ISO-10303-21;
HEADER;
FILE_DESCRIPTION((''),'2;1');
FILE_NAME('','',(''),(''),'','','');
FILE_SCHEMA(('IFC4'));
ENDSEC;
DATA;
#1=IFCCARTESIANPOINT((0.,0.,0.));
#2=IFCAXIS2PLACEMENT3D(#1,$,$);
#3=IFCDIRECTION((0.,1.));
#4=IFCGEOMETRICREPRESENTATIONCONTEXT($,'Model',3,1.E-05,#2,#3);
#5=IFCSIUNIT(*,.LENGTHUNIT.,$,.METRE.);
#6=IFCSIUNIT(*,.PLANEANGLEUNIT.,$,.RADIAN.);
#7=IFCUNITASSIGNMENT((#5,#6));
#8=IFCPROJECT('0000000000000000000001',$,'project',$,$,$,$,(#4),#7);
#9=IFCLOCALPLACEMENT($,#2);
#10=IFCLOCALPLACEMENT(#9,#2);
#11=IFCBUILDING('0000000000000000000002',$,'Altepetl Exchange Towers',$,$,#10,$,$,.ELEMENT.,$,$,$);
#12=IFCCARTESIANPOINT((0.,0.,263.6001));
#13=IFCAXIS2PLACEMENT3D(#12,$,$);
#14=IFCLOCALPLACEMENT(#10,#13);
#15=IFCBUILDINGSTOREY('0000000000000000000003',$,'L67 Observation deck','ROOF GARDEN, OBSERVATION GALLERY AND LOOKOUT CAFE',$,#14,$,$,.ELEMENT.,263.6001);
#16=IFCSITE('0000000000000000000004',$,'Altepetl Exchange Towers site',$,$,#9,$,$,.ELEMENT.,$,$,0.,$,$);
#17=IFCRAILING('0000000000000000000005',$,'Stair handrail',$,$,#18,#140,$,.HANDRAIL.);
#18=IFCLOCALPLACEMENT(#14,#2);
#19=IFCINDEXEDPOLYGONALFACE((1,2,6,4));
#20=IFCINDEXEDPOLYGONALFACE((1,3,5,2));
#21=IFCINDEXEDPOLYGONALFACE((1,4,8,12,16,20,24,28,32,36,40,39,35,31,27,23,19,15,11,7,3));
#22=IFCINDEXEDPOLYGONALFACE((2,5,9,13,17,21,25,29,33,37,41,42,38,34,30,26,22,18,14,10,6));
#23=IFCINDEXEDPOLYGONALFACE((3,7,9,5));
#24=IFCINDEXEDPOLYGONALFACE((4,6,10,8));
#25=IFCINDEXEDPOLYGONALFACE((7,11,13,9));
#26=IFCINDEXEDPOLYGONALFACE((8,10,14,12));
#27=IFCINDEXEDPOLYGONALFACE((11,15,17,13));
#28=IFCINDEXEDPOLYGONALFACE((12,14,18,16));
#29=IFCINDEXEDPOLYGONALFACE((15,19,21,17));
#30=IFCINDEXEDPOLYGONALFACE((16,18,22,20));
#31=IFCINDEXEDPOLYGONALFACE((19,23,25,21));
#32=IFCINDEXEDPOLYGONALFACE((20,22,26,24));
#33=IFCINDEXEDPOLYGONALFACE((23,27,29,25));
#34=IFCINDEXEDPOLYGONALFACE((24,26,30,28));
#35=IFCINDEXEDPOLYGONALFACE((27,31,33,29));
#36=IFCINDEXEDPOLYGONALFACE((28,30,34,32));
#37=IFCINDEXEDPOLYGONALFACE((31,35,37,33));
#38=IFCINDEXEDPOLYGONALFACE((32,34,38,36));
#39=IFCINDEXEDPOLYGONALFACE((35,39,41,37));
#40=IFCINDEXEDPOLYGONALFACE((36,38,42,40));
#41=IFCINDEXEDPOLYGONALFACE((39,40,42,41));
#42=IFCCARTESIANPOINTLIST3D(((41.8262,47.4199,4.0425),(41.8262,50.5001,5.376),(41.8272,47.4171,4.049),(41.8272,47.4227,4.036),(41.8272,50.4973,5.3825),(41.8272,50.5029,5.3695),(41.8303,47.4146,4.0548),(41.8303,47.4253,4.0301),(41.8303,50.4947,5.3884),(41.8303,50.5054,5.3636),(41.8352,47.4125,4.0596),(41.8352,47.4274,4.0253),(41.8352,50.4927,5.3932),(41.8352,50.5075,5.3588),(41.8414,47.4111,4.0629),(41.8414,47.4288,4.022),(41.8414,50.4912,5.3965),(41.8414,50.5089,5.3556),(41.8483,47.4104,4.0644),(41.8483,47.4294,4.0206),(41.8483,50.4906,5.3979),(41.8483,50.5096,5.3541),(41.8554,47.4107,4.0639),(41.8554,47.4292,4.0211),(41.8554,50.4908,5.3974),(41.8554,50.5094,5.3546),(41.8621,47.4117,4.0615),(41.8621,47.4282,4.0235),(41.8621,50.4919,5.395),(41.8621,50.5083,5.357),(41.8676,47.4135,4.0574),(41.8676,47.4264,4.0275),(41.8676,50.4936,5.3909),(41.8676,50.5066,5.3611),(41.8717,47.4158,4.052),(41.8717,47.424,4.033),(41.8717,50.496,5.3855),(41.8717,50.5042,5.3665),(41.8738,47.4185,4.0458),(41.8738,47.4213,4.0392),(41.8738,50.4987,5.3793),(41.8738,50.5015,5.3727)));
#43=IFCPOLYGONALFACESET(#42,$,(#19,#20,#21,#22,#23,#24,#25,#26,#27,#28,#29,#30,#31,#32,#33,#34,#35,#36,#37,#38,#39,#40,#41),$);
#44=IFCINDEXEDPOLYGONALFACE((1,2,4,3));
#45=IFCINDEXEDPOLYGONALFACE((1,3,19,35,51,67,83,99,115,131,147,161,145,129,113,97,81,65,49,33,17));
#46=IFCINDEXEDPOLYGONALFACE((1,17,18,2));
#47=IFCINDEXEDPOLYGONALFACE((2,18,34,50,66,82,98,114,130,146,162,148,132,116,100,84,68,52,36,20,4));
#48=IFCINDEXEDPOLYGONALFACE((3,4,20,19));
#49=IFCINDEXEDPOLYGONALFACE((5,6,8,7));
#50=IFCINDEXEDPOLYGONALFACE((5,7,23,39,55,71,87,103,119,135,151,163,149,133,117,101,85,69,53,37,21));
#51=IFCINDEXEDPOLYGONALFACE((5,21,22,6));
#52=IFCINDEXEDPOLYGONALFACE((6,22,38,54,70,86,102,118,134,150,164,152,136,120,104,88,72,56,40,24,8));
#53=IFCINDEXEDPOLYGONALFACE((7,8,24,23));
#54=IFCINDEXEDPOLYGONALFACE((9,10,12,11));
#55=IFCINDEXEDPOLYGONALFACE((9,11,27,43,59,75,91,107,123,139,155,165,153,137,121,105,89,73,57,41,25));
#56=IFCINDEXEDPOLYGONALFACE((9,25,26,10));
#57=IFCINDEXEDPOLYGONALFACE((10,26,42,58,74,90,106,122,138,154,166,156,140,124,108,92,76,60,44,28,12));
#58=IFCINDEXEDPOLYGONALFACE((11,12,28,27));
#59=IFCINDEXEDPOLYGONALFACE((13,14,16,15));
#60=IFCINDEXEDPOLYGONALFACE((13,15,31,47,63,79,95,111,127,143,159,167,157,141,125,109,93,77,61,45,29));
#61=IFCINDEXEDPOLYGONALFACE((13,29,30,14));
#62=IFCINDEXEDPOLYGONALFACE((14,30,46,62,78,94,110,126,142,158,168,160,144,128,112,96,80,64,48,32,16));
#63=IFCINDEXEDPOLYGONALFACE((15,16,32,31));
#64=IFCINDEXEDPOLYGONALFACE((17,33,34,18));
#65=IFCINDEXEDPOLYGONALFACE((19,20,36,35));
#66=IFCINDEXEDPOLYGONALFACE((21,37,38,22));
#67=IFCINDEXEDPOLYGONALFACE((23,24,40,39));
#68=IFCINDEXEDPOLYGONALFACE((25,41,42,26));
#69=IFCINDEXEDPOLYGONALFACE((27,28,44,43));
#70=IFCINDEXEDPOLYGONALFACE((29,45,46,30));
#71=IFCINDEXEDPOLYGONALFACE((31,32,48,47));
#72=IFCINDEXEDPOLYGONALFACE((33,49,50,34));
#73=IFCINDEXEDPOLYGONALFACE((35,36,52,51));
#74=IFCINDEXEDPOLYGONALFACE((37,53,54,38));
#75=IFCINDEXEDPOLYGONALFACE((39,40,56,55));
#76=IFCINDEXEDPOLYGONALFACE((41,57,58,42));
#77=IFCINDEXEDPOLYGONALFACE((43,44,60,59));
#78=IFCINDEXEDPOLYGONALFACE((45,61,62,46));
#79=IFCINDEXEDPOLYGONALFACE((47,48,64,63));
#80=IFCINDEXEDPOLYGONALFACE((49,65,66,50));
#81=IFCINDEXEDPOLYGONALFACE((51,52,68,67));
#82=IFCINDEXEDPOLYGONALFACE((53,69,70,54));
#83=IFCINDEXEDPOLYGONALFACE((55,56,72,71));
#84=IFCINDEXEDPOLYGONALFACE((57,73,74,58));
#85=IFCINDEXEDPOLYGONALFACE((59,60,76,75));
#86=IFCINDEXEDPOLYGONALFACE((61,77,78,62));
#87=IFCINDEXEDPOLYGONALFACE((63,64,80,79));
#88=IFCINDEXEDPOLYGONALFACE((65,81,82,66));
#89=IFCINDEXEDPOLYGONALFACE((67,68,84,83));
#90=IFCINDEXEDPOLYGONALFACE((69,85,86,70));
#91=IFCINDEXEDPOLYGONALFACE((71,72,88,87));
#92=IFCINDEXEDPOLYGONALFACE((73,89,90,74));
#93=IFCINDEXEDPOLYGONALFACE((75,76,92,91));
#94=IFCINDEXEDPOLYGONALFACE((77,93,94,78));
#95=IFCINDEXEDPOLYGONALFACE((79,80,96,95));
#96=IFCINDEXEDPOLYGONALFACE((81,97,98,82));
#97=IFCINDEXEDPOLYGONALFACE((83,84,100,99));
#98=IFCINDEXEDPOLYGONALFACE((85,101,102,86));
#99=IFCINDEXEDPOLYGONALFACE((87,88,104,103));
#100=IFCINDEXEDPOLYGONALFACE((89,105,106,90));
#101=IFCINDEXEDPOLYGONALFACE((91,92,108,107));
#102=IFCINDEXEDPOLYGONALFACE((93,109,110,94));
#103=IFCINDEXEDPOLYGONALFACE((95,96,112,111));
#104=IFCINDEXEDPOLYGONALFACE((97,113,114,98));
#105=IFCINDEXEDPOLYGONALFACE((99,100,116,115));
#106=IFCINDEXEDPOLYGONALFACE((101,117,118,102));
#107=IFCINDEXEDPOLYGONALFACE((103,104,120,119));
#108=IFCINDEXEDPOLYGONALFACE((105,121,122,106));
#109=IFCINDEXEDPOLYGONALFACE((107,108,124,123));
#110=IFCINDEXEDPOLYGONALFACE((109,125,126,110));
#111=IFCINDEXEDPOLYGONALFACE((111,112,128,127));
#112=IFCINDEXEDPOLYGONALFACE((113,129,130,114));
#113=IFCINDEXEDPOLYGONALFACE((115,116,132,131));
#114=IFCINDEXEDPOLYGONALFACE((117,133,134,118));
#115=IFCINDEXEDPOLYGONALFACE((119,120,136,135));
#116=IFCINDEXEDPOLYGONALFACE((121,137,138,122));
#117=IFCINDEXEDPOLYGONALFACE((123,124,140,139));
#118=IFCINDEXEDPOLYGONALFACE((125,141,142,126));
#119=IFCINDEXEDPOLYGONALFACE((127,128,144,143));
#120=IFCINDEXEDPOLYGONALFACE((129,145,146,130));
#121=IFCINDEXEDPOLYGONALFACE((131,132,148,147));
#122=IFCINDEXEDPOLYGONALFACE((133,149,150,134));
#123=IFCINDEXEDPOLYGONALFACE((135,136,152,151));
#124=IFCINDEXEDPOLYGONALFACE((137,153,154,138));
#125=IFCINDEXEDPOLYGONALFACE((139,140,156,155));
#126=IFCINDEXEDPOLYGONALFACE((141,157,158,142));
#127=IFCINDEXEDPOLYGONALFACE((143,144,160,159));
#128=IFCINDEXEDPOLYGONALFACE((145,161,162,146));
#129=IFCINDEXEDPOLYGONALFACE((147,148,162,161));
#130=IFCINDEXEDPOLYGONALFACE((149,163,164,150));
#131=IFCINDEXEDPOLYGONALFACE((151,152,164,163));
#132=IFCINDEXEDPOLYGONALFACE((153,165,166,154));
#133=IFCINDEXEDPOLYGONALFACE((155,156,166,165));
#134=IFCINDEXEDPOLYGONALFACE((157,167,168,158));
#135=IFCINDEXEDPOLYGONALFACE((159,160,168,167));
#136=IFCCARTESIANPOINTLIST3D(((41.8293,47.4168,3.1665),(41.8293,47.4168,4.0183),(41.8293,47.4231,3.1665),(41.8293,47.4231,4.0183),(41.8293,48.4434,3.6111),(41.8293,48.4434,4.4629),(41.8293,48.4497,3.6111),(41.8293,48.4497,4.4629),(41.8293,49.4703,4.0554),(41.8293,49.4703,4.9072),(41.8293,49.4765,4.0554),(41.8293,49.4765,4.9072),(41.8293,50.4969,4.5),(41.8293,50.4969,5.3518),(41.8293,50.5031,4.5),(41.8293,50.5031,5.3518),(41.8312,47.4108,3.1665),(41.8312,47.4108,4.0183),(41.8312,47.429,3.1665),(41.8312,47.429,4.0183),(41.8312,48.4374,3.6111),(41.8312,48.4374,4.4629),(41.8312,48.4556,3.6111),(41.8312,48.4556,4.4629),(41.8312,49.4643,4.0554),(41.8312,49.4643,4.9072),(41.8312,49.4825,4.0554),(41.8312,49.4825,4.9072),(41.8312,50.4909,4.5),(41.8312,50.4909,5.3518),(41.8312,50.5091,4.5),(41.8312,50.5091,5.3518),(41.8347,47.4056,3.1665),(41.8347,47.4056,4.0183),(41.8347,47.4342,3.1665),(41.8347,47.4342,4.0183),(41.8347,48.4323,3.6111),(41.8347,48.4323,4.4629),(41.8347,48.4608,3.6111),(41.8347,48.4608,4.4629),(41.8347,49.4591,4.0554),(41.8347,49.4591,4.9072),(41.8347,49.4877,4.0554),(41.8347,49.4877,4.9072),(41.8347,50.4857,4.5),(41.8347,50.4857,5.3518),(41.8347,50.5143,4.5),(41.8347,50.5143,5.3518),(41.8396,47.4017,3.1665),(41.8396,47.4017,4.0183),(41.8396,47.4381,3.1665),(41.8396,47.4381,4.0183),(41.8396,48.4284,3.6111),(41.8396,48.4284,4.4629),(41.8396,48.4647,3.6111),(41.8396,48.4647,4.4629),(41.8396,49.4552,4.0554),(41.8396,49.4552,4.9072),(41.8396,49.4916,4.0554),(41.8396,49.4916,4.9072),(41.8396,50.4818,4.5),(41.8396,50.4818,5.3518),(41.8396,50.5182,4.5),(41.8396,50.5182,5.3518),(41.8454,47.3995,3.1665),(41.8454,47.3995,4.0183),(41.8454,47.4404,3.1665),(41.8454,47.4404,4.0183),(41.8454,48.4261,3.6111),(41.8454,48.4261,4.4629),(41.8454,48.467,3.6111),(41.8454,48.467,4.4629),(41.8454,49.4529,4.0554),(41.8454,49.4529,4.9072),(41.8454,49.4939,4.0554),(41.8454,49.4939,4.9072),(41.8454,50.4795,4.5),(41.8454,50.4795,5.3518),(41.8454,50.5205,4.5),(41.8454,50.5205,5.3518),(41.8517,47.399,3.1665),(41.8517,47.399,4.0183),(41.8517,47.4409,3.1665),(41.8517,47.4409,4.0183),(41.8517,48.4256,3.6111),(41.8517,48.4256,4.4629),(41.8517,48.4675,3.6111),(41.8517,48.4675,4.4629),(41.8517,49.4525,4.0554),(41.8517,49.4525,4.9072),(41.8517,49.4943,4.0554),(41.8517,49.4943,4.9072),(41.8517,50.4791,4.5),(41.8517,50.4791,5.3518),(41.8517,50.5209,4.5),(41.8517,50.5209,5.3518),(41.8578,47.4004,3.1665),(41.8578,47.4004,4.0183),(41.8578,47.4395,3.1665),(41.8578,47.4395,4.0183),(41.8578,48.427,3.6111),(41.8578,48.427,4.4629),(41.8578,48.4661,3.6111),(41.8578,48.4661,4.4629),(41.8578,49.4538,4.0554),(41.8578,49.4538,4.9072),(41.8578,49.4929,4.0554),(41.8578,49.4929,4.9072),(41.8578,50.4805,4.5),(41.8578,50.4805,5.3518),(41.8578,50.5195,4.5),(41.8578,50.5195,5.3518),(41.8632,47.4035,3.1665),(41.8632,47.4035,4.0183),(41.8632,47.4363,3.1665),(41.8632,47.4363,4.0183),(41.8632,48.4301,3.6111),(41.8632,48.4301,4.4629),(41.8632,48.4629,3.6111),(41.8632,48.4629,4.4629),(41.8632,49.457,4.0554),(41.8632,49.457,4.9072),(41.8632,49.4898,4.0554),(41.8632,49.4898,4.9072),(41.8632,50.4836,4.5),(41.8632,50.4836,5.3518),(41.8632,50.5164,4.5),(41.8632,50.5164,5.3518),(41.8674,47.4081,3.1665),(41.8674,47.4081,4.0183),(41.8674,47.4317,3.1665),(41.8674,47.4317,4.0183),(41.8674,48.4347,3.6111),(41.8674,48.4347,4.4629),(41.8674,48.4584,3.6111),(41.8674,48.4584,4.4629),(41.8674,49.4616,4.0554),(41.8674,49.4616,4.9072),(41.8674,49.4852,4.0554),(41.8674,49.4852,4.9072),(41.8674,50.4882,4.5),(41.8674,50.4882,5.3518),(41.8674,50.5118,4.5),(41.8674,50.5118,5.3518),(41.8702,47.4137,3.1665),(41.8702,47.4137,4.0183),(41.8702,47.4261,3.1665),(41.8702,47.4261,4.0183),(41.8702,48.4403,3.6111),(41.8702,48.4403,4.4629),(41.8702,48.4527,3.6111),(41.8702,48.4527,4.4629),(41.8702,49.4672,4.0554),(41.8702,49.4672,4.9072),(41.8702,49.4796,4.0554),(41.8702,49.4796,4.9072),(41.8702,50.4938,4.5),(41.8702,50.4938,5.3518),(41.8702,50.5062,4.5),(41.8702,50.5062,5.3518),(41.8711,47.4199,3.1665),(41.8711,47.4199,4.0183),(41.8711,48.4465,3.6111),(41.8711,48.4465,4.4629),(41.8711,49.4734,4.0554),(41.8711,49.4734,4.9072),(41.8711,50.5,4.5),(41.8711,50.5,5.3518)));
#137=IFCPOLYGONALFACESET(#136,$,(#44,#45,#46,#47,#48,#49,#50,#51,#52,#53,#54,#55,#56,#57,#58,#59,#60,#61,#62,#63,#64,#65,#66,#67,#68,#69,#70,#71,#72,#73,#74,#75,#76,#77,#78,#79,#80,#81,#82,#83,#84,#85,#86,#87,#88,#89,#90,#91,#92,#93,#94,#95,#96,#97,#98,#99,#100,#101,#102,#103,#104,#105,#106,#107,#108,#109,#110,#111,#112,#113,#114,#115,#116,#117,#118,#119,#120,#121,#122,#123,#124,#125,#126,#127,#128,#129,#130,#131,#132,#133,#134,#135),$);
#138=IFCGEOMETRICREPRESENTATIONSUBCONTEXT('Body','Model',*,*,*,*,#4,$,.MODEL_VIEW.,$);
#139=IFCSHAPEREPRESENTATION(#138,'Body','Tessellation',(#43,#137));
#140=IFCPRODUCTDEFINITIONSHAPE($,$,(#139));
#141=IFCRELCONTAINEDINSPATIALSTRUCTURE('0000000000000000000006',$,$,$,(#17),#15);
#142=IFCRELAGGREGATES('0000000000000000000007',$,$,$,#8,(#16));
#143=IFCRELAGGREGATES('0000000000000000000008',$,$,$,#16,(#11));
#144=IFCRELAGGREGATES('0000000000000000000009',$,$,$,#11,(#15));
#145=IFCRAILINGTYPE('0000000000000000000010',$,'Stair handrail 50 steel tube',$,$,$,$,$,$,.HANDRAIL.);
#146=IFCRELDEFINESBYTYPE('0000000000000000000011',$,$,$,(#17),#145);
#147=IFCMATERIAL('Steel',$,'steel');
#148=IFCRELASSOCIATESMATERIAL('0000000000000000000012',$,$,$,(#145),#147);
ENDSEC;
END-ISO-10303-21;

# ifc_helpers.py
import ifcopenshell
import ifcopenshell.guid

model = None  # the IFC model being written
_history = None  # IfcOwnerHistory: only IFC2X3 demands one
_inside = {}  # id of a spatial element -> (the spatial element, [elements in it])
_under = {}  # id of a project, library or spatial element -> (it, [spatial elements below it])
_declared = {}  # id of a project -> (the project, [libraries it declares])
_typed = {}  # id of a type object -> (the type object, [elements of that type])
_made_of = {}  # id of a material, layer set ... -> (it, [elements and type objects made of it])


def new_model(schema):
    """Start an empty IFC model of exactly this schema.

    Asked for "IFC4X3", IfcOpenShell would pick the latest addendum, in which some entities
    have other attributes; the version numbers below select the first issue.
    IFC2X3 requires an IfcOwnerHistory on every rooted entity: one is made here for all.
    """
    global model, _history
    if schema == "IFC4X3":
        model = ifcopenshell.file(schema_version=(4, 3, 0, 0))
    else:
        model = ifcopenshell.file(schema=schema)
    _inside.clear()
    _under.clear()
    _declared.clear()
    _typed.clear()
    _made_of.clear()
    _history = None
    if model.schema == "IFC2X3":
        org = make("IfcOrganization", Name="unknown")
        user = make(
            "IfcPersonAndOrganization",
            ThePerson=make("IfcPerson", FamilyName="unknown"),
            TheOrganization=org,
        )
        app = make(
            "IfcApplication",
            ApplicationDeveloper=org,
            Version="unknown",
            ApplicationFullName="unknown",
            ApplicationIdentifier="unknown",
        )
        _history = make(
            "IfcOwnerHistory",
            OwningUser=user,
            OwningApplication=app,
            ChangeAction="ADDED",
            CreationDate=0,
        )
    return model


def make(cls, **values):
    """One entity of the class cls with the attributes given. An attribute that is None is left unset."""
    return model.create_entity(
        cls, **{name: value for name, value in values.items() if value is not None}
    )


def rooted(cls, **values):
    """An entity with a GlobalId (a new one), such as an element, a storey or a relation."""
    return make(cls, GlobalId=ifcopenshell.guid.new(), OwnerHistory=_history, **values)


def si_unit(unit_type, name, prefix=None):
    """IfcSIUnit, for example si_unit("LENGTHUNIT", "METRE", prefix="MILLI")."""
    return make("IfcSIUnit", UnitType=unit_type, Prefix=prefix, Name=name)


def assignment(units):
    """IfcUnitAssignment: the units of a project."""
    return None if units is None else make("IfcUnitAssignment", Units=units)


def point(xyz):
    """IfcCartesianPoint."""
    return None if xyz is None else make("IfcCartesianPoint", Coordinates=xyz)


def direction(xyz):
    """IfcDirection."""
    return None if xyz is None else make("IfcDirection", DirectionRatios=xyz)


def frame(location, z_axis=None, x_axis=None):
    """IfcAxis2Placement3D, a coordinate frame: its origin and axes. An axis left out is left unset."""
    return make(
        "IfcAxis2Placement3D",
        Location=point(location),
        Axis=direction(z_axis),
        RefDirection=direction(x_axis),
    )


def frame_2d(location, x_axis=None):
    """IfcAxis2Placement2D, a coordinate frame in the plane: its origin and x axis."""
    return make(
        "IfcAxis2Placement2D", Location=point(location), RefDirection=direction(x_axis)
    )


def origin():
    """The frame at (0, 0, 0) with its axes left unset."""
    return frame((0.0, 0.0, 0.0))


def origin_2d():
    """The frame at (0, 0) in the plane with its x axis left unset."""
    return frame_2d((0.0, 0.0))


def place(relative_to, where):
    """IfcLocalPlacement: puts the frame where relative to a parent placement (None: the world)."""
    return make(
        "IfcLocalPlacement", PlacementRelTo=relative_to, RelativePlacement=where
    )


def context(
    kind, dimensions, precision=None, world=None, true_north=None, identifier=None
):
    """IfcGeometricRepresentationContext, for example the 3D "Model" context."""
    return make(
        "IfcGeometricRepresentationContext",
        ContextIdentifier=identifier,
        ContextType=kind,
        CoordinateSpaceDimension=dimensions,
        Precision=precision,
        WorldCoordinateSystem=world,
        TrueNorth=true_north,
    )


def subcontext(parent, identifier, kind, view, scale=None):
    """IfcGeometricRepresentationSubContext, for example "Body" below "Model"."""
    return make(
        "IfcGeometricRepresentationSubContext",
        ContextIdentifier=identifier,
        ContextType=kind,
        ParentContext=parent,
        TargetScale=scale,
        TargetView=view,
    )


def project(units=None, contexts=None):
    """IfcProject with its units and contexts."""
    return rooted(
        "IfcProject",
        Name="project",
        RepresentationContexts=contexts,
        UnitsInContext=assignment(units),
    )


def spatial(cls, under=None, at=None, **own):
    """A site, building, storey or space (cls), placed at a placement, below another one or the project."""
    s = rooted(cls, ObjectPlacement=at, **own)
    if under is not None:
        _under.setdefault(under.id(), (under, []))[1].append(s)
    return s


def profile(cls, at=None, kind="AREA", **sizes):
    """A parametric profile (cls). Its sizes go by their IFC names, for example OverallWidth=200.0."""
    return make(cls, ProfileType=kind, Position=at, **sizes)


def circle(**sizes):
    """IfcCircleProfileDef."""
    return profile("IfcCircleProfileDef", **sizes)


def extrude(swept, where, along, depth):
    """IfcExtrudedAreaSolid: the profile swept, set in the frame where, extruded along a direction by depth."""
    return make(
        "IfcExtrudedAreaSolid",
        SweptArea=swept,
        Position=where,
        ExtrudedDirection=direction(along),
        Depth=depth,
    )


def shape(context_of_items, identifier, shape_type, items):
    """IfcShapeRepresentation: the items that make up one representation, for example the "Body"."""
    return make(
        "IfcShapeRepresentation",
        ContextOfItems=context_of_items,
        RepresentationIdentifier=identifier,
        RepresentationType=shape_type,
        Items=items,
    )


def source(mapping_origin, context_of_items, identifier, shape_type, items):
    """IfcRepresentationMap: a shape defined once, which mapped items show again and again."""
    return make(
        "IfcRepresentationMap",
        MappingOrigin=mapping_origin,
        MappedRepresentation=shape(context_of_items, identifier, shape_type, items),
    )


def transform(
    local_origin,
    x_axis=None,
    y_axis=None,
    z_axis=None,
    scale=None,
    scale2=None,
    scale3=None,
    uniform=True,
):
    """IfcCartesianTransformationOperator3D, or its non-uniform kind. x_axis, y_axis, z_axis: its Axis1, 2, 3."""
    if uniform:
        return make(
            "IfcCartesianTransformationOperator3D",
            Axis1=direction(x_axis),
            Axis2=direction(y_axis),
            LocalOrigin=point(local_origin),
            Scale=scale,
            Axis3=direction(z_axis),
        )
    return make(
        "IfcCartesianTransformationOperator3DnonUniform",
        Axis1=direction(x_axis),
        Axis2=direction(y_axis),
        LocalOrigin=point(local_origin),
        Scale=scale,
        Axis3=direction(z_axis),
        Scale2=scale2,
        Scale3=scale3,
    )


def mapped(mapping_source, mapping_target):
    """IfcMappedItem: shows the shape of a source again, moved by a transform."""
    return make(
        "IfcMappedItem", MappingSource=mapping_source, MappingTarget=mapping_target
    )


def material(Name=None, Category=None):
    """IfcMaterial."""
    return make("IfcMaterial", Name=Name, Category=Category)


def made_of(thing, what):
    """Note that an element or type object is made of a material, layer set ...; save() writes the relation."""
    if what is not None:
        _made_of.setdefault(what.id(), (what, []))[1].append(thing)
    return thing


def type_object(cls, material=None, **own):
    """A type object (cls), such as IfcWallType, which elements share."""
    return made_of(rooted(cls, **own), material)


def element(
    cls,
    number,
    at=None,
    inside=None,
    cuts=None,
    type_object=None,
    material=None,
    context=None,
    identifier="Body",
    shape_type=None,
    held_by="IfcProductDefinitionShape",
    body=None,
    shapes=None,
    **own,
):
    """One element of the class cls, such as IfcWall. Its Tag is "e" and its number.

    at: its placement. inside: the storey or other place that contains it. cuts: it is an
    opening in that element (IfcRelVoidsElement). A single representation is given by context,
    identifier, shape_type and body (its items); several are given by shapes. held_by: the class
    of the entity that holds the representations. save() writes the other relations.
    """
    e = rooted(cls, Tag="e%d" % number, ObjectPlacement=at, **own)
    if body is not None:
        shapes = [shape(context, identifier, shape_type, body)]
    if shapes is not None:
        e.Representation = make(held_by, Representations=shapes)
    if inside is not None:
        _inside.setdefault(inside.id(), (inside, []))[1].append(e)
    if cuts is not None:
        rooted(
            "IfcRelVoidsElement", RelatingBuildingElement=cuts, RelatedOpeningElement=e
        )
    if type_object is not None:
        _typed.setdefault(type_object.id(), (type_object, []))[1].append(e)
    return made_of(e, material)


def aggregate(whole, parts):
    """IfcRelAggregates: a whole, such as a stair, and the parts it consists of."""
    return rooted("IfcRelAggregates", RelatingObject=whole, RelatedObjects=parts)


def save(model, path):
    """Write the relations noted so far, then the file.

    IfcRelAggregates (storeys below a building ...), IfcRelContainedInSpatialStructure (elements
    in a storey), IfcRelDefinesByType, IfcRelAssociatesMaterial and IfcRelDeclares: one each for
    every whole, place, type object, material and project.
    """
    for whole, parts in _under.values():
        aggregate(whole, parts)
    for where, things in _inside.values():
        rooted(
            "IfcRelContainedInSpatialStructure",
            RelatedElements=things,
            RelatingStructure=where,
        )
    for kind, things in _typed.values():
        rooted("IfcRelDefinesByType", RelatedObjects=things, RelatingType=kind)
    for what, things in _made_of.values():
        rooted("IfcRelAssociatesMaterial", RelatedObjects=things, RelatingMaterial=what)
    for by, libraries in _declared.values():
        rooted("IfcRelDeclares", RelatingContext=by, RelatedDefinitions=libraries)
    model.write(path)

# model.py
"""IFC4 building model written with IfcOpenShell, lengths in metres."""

from ifc_helpers import new_model, si_unit, direction, frame, origin, origin_2d, place, context, subcontext, project, spatial, circle, extrude, source, transform, mapped, material, type_object, element, save


model = new_model("IFC4")

# Units and contexts
model_context = context("Model", 3, precision=1e-05, world=origin(), true_north=direction((0.0, 1.0)))
body_context = subcontext(model_context, "Body", "Model", "MODEL_VIEW")
ifc_project = project(units=[si_unit("LENGTHUNIT", "METRE"), si_unit("PLANEANGLEUNIT", "RADIAN")], contexts=[model_context])

# Site, building, storey
site_placement = place(None, origin())
site = spatial("IfcSite", under=ifc_project, at=site_placement, Name="Altepetl Exchange Towers site", CompositionType="ELEMENT", RefElevation=0.0)
building_placement = place(site_placement, origin())
building = spatial("IfcBuilding", under=site, at=building_placement, Name="Altepetl Exchange Towers", CompositionType="ELEMENT")
storey_placement = place(building_placement, frame((0.0, 0.0, 263.6001)))
storey = spatial("IfcBuildingStorey", under=building, at=storey_placement, Name="L67 Observation deck", Description="ROOF GARDEN, OBSERVATION GALLERY AND LOOKOUT CAFE", CompositionType="ELEMENT", Elevation=263.6001)

# Railing
ifc_material_1 = material(Name="Steel", Category="steel")
railing_type = type_object("IfcRailingType", Name="Stair handrail 50 steel tube", PredefinedType="HANDRAIL", material=ifc_material_1)
shared_shape = source(origin(), body_context, "Body", "SweptSolid", [
    extrude(circle(Radius=0.021, at=origin_2d()), origin(), (0.0, 0.0, 1.0), 0.8518),
])
for number, where, name in (
    (1, (41.8501, 47.4199, 3.1665), "Stair handrail"),
):
    element("IfcRailing", number, at=place(storey_placement, frame(where)), inside=storey, type_object=railing_type, Name=name, PredefinedType="HANDRAIL", context=body_context, shape_type="SweptSolid", body=[
        extrude(circle(Radius=0.0239, at=origin_2d()), frame((0.0, 0.0, 0.876), z_axis=(0.0, 0.917686, 0.397305), x_axis=(-1.0, 0.0, 0.0)), (0.0, 0.0, 1.0), 3.3564),
        mapped(shared_shape, transform((0.0, 0.0, 0.0))),
        mapped(shared_shape, transform((0.0, 1.0266, 0.4446))),
        mapped(shared_shape, transform((0.0, 2.0535, 0.8889))),
        mapped(shared_shape, transform((0.0, 3.0801, 1.3335))),
    ])

save(model, "model.ifc")
